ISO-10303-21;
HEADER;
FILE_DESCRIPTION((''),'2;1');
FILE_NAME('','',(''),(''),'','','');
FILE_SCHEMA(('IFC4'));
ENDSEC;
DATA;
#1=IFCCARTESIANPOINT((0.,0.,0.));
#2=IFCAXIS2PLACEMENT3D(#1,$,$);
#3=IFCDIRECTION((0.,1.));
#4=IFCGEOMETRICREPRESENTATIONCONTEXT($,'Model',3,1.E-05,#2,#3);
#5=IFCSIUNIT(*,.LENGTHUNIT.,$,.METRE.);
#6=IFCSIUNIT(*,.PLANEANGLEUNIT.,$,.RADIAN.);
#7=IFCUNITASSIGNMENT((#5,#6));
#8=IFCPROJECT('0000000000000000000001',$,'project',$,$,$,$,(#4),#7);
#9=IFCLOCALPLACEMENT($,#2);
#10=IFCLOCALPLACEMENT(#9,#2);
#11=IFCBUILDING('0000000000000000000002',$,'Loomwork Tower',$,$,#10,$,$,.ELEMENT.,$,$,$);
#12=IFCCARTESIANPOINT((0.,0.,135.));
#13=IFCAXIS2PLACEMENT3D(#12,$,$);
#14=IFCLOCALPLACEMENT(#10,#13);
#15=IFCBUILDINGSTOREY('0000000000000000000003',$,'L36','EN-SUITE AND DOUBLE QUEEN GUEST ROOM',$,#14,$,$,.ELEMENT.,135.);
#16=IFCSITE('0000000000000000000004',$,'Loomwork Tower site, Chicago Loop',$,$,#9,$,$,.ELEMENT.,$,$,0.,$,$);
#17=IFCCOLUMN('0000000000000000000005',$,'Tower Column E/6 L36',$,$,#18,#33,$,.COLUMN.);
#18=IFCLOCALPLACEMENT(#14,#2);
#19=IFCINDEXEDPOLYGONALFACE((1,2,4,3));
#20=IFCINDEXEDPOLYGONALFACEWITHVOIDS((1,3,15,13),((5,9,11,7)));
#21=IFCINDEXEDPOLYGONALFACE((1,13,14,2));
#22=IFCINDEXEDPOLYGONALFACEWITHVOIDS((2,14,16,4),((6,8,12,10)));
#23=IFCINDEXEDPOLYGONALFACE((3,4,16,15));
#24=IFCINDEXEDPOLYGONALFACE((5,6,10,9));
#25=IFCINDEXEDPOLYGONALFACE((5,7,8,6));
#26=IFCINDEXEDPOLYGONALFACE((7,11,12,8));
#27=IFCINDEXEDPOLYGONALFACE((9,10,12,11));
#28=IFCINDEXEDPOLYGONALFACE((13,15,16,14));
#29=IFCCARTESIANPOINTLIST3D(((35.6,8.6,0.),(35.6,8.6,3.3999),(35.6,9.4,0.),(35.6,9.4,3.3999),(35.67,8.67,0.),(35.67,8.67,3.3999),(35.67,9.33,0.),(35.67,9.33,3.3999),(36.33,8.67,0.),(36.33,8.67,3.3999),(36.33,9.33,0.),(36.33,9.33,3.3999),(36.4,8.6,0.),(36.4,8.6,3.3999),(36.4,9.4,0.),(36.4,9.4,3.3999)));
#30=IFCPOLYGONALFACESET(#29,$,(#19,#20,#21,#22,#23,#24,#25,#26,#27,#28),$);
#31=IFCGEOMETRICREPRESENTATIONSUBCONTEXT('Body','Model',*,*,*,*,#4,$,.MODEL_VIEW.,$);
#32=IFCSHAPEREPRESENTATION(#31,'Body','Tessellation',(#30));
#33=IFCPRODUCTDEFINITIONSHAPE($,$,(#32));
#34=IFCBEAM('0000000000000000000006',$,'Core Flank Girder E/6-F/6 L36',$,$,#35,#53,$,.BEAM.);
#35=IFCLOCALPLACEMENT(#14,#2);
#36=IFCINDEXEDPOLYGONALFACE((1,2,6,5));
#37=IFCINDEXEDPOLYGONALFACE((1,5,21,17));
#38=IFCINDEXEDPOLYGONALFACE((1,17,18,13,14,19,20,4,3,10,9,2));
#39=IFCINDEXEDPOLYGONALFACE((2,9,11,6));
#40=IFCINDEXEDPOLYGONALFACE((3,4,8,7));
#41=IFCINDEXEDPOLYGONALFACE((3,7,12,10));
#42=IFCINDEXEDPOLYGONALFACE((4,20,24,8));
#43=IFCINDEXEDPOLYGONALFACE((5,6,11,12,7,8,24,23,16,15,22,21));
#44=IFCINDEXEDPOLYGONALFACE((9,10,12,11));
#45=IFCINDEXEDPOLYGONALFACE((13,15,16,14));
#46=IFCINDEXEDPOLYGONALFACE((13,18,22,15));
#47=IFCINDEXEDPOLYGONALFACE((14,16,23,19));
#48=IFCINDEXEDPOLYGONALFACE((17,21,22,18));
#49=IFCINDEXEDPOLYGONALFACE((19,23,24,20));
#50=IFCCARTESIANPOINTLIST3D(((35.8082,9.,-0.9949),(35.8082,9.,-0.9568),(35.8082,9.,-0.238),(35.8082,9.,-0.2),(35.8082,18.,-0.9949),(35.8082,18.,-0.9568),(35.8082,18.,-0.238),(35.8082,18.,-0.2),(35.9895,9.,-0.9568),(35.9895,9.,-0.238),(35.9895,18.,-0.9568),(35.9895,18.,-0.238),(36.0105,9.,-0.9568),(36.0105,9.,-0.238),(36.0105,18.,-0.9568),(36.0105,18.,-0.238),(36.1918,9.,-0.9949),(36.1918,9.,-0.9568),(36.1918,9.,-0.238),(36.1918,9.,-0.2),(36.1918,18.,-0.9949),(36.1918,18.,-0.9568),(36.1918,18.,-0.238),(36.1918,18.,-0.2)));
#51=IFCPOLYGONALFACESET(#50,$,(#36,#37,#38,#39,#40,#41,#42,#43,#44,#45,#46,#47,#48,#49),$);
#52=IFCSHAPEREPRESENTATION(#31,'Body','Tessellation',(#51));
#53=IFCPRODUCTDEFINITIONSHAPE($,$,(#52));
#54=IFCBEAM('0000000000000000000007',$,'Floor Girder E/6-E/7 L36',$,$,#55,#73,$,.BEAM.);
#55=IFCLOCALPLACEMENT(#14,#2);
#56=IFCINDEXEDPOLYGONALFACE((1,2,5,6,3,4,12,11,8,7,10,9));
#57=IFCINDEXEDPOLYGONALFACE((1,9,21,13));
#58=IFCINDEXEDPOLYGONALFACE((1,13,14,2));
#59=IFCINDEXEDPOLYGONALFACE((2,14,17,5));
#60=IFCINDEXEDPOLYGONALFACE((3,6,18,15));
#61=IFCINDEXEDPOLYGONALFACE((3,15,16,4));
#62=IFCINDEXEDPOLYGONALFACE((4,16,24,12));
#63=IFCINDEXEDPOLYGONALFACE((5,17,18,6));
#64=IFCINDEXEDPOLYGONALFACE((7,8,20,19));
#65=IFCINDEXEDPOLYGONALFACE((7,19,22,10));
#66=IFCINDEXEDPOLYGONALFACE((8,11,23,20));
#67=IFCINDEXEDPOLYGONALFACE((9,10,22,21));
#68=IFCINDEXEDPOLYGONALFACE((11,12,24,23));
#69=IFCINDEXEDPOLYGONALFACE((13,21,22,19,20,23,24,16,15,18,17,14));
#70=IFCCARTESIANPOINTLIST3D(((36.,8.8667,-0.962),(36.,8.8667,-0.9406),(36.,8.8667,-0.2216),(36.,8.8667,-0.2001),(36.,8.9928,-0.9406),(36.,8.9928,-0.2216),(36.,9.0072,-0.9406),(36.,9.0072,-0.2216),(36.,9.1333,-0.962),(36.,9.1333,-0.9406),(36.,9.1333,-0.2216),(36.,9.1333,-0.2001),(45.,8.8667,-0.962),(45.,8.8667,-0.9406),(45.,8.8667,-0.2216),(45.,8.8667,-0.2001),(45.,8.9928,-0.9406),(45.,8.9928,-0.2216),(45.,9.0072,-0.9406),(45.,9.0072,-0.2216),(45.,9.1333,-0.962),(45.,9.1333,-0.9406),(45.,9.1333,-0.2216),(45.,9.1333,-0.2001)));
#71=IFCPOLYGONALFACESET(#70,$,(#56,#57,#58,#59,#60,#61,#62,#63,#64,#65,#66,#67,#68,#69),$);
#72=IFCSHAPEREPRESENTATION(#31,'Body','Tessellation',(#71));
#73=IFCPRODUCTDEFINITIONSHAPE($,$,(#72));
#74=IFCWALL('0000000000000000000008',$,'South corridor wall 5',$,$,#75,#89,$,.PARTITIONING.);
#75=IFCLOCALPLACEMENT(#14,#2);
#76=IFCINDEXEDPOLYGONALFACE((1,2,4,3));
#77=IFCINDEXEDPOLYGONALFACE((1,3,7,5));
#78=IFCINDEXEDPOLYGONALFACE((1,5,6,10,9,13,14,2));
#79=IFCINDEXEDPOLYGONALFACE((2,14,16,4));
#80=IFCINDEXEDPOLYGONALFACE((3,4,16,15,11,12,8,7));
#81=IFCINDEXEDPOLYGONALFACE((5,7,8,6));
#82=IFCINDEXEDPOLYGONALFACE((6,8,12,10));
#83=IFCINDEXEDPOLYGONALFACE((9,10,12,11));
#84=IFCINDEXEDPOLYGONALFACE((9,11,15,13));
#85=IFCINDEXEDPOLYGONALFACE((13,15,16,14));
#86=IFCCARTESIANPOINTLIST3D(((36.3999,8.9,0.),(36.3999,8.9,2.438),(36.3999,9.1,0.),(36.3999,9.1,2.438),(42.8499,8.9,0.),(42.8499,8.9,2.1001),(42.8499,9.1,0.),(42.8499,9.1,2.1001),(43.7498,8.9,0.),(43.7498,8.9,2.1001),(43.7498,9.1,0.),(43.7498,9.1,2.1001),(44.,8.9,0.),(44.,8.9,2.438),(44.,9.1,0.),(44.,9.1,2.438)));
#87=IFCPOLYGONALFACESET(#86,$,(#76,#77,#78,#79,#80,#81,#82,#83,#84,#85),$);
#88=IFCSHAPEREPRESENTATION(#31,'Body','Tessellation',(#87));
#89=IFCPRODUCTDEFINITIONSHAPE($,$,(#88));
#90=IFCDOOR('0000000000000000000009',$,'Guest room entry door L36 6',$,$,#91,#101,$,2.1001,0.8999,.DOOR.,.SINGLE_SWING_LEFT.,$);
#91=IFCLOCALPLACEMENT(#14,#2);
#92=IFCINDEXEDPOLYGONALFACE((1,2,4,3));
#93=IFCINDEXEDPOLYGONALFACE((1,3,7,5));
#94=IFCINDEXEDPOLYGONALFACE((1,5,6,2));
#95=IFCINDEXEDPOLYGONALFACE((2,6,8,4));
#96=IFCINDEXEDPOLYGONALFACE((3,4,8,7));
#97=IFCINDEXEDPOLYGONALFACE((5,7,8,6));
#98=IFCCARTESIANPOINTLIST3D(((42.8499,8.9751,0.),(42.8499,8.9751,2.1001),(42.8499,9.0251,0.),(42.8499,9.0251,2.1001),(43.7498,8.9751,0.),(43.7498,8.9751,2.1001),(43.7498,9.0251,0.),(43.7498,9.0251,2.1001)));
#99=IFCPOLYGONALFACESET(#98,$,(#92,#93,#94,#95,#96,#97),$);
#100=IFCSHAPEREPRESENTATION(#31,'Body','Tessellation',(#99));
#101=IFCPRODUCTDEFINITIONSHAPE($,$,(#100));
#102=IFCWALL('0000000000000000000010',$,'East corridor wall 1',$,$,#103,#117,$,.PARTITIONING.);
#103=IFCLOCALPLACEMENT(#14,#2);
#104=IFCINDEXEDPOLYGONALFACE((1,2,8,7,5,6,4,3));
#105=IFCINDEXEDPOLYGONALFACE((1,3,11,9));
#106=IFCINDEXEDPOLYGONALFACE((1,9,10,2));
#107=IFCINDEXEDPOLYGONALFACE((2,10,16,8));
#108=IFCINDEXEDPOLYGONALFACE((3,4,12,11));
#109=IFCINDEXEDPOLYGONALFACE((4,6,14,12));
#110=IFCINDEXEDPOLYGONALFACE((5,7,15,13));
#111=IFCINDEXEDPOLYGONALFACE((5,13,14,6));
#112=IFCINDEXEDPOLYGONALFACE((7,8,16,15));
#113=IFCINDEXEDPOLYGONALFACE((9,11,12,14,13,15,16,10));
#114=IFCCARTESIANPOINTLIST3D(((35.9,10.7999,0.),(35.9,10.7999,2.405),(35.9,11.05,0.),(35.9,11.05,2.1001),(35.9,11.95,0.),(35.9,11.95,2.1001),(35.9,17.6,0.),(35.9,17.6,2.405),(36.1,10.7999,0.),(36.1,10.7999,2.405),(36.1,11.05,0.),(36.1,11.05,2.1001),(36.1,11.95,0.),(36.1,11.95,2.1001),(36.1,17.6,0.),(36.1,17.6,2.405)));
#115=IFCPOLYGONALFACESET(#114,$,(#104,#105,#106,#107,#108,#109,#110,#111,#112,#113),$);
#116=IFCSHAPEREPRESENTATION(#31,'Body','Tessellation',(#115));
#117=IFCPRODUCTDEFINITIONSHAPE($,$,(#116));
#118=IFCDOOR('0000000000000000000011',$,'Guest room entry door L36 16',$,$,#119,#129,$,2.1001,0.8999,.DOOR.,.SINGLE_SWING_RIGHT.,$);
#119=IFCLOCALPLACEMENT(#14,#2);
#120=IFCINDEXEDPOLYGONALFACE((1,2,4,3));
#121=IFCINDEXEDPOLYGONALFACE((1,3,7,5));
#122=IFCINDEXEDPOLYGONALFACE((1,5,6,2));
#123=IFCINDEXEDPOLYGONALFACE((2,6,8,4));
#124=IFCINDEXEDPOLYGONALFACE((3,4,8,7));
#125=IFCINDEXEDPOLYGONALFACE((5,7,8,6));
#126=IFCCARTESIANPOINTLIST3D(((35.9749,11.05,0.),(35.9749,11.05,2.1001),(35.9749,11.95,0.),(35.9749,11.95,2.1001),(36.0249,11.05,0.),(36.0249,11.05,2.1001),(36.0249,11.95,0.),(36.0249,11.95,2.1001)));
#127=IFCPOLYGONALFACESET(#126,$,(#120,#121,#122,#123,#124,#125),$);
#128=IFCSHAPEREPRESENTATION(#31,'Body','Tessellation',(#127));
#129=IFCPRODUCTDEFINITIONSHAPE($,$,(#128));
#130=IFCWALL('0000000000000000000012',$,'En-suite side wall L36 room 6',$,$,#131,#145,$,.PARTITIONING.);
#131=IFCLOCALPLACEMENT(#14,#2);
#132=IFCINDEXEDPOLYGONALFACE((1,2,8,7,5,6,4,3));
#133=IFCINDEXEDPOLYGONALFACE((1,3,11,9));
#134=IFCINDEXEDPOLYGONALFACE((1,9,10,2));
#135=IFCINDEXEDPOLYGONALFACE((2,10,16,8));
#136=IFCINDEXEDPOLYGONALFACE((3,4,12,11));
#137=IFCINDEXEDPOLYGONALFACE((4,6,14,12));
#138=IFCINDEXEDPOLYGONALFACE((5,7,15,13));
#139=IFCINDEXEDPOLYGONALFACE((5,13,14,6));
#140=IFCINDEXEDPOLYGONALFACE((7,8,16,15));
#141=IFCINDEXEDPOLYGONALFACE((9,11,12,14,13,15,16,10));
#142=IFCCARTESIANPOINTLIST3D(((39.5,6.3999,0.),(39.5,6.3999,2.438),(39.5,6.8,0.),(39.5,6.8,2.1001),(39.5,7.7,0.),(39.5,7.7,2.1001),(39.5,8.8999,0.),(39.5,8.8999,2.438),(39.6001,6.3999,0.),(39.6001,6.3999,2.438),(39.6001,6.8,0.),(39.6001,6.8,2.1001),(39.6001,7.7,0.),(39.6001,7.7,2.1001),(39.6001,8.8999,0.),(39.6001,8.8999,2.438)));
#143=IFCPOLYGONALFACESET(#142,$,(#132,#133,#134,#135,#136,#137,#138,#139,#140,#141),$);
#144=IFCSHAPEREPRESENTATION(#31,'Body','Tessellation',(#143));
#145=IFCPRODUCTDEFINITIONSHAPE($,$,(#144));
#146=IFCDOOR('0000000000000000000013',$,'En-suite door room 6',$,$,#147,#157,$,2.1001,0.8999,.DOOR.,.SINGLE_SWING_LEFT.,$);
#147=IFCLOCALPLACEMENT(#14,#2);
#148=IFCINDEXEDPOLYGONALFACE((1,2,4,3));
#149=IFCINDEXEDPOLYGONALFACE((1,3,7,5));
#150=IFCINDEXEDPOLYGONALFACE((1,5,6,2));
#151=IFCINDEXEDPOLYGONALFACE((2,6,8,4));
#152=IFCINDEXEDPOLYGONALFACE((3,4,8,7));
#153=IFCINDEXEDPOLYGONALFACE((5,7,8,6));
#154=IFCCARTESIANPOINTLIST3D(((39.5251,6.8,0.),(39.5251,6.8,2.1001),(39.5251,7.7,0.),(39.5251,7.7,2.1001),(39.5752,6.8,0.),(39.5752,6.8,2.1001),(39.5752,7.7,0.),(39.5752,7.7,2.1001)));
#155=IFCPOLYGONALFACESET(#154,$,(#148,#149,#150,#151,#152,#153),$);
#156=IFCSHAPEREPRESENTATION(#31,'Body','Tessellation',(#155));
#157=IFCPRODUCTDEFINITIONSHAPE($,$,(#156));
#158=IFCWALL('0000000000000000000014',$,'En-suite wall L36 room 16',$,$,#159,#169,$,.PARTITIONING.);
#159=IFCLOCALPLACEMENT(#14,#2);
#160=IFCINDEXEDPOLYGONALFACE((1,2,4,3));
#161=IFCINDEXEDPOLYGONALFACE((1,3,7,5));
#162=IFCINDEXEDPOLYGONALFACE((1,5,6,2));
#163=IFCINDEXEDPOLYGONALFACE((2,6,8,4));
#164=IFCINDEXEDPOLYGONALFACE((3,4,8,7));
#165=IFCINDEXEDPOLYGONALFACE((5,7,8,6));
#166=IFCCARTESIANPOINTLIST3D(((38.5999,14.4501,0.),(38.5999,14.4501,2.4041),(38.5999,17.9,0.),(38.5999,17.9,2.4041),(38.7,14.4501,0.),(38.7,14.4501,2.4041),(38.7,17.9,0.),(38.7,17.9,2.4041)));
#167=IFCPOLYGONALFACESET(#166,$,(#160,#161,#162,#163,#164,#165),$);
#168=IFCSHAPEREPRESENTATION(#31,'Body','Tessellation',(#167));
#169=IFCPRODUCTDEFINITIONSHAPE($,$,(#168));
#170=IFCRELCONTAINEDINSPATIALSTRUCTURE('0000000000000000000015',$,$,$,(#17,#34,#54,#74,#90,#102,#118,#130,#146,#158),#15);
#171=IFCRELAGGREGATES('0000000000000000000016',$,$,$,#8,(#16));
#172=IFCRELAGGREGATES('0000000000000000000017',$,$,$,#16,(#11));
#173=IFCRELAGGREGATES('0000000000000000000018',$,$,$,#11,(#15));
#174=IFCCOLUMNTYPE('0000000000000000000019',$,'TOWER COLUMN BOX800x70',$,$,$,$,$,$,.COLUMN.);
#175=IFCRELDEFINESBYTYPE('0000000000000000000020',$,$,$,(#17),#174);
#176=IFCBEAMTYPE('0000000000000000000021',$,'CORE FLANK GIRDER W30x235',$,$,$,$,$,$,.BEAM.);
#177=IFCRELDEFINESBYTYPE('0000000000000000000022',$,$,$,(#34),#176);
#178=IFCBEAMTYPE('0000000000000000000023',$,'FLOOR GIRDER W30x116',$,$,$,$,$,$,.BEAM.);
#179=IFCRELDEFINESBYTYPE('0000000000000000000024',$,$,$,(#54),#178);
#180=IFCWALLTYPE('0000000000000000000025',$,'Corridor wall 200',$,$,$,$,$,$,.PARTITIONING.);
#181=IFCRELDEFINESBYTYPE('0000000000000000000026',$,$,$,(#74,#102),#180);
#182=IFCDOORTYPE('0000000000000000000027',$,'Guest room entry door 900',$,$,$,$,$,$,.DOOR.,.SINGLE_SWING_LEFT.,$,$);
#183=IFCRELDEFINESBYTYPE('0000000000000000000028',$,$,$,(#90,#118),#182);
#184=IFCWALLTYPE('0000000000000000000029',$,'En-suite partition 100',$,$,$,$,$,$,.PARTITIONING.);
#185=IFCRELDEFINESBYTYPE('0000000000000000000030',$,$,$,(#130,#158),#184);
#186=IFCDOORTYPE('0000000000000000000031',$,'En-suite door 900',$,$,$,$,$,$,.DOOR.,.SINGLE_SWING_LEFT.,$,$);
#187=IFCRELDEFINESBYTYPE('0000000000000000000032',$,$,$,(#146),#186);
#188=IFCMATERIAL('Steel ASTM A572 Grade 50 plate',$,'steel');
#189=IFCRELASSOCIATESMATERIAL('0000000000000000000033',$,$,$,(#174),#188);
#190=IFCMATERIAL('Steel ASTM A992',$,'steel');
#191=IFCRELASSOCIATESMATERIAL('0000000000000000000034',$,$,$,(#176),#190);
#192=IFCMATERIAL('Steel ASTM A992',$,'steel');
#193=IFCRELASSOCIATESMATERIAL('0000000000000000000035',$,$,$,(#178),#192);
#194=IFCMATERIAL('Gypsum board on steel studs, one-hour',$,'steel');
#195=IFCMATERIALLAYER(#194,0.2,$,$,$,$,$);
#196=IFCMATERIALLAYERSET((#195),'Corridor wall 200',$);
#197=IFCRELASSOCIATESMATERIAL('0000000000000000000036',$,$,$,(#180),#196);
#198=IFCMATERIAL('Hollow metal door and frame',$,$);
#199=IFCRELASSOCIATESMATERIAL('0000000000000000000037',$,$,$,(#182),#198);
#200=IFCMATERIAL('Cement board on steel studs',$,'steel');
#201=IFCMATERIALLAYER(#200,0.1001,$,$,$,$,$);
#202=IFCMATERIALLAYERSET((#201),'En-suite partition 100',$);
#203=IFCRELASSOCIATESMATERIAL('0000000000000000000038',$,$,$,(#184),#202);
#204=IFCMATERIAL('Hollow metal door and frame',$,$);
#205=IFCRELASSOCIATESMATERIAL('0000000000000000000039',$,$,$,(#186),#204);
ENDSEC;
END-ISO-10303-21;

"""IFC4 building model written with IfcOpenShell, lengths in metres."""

from ifc_helpers import new_model, si_unit, direction, frame, frame_2d, origin, origin_2d, place, context, subcontext, project, spatial, rectangle, hollow_rectangle, i_section, extrude, material, layer, layer_set, material_profile, profile_set, type_object, element, fill, save


model = new_model("IFC4")

# Units and contexts
model_context = context("Model", 3, precision=1e-05, world=origin(), true_north=direction((0.0, 1.0)))
body_context = subcontext(model_context, "Body", "Model", "MODEL_VIEW")
ifc_project = project(units=[si_unit("LENGTHUNIT", "METRE"), si_unit("PLANEANGLEUNIT", "RADIAN")], contexts=[model_context])

# Site, building, storey
site_placement = place(None, origin())
site = spatial("IfcSite", under=ifc_project, at=site_placement, Name="Loomwork Tower site, Chicago Loop", CompositionType="ELEMENT", RefElevation=0.0)
building_placement = place(site_placement, origin())
building = spatial("IfcBuilding", under=site, at=building_placement, Name="Loomwork Tower", CompositionType="ELEMENT")
storey_placement = place(building_placement, frame((0.0, 0.0, 135.0)))
storey = spatial("IfcBuildingStorey", under=building, at=storey_placement, Name="L36", Description="EN-SUITE AND DOUBLE QUEEN GUEST ROOM", CompositionType="ELEMENT", Elevation=135.0)

# Column
ifc_material_1 = material(Name="Steel ASTM A572 Grade 50 plate", Category="steel")
ifc_material_profile_1 = material_profile(ifc_material_1, hollow_rectangle(XDim=0.8, YDim=0.8, WallThickness=0.0701, at=origin_2d()), Name="BOX800x70")
ifc_profile_set_1 = profile_set([ifc_material_profile_1], Name="Steel ASTM A572 Grade 50 plate")
column_type = type_object("IfcColumnType", Name="TOWER COLUMN BOX800x70", PredefinedType="COLUMN", material=ifc_profile_set_1)
column_placement = place(storey_placement, frame((36.0, 9.0, 0.0), z_axis=(0.0, 0.0, 1.0), x_axis=(0.0, 1.0, 0.0)))
element("IfcColumn", 1, at=column_placement, inside=storey, type_object=column_type, Name="Tower Column E/6 L36", PredefinedType="COLUMN", context=body_context, shape_type="SweptSolid", body=[
    extrude(hollow_rectangle(XDim=0.8, YDim=0.8, WallThickness=0.0701, at=origin_2d()), origin(), (0.0, 0.0, 1.0), 3.3999),
])

# Beams
ifc_material_2 = material(Name="Steel ASTM A992", Category="steel")
ifc_material_profile_2 = material_profile(ifc_material_2, i_section(OverallWidth=0.3835, OverallDepth=0.7949, WebThickness=0.021, FlangeThickness=0.0381, at=origin_2d()), Name="W30x235")
ifc_profile_set_2 = profile_set([ifc_material_profile_2], Name="Steel ASTM A992")
beam_type_1 = type_object("IfcBeamType", Name="CORE FLANK GIRDER W30x235", PredefinedType="BEAM", material=ifc_profile_set_2)
beam_1_placement = place(storey_placement, frame((36.0, 9.0, -0.5974), z_axis=(0.0, 1.0, 0.0), x_axis=(-1.0, 0.0, 0.0)))
element("IfcBeam", 2, at=beam_1_placement, inside=storey, type_object=beam_type_1, Name="Core Flank Girder E/6-F/6 L36", PredefinedType="BEAM", context=body_context, shape_type="SweptSolid", body=[
    extrude(i_section(OverallWidth=0.3835, OverallDepth=0.7949, WebThickness=0.021, FlangeThickness=0.0381, at=origin_2d()), origin(), (0.0, 0.0, 1.0), 9.0),
])
ifc_material_3 = material(Name="Steel ASTM A992", Category="steel")
ifc_material_profile_3 = material_profile(ifc_material_3, i_section(OverallWidth=0.2666, OverallDepth=0.762, WebThickness=0.0144, FlangeThickness=0.0215, at=origin_2d()), Name="W30x116")
ifc_profile_set_3 = profile_set([ifc_material_profile_3], Name="Steel ASTM A992")
beam_type_2 = type_object("IfcBeamType", Name="FLOOR GIRDER W30x116", PredefinedType="BEAM", material=ifc_profile_set_3)
beam_2_placement = place(storey_placement, frame((36.0, 9.0, -0.5811), z_axis=(1.0, 0.0, 0.0), x_axis=(0.0, 1.0, 0.0)))
element("IfcBeam", 3, at=beam_2_placement, inside=storey, type_object=beam_type_2, Name="Floor Girder E/6-E/7 L36", PredefinedType="BEAM", context=body_context, shape_type="SweptSolid", body=[
    extrude(i_section(OverallWidth=0.2666, OverallDepth=0.762, WebThickness=0.0144, FlangeThickness=0.0215, at=origin_2d()), origin(), (0.0, 0.0, 1.0), 9.0),
])

# Walls, openings, doors
ifc_material_4 = material(Name="Gypsum board on steel studs, one-hour", Category="steel")
ifc_layer_1 = layer(ifc_material_4, 0.2)
ifc_layer_set_1 = layer_set([ifc_layer_1], Name="Corridor wall 200")
wall_type_1 = type_object("IfcWallType", Name="Corridor wall 200", PredefinedType="PARTITIONING", material=ifc_layer_set_1)
wall_1_placement = place(storey_placement, frame((36.3999, 9.0, 0.0), z_axis=(0.0, 0.0, 1.0), x_axis=(1.0, 0.0, 0.0)))
wall_1 = element("IfcWall", 4, at=wall_1_placement, inside=storey, type_object=wall_type_1, Name="South corridor wall 5", PredefinedType="PARTITIONING", context=body_context, shape_type="SweptSolid", body=[
    extrude(rectangle(XDim=7.6001, YDim=0.2, at=frame_2d((3.8, 0.0))), origin(), (0.0, 0.0, 1.0), 2.438),
])
opening_1_placement = place(wall_1_placement, frame((6.45, 0.0, 0.0)))
opening_1 = element("IfcOpeningElement", 5, at=opening_1_placement, cuts=wall_1, PredefinedType="OPENING", context=body_context, shape_type="SweptSolid", body=[
    extrude(rectangle(XDim=0.8999, YDim=2.1001, at=frame_2d((0.45, 1.05))), frame((0.0, 0.1099, 0.0), z_axis=(0.0, -1.0, 0.0), x_axis=(1.0, 0.0, 0.0)), (0.0, 0.0, 1.0), 0.22),
])
ifc_material_5 = material(Name="Hollow metal door and frame")
door_type_1 = type_object("IfcDoorType", Name="Guest room entry door 900", OperationType="SINGLE_SWING_LEFT", PredefinedType="DOOR", material=ifc_material_5)
door_1_placement = place(opening_1_placement, frame((0.8999, 0.0, 0.0), z_axis=(0.0, 0.0, 1.0), x_axis=(-1.0, 0.0, 0.0)))
door_1 = element("IfcDoor", 6, at=door_1_placement, inside=storey, type_object=door_type_1, Name="Guest room entry door L36 6", OperationType="SINGLE_SWING_LEFT", OverallHeight=2.1001, OverallWidth=0.8999, PredefinedType="DOOR", context=body_context, shape_type="SweptSolid", body=[
    extrude(rectangle(XDim=0.8999, YDim=2.1001, at=frame_2d((0.45, 1.05))), frame((0.0, 0.0249, 0.0), z_axis=(0.0, -1.0, 0.0), x_axis=(1.0, 0.0, 0.0)), (0.0, 0.0, 1.0), 0.05),
])
fill(opening_1, door_1)
wall_2_placement = place(storey_placement, frame((36.0, 10.8, 0.0), z_axis=(0.0, 0.0, 1.0), x_axis=(0.0, 1.0, 0.0)))
wall_2 = element("IfcWall", 7, at=wall_2_placement, inside=storey, type_object=wall_type_1, Name="East corridor wall 1", PredefinedType="PARTITIONING", context=body_context, shape_type="SweptSolid", body=[
    extrude(rectangle(XDim=6.8, YDim=0.2, at=frame_2d((3.3999, 0.0))), origin(), (0.0, 0.0, 1.0), 2.405),
])
opening_2_placement = place(wall_2_placement, frame((0.25, 0.0, 0.0)))
opening_2 = element("IfcOpeningElement", 8, at=opening_2_placement, cuts=wall_2, PredefinedType="OPENING", context=body_context, shape_type="SweptSolid", body=[
    extrude(rectangle(XDim=0.8999, YDim=2.1001, at=frame_2d((0.45, 1.05))), frame((0.0, 0.1099, 0.0), z_axis=(0.0, -1.0, 0.0), x_axis=(1.0, 0.0, 0.0)), (0.0, 0.0, 1.0), 0.22),
])
door_2_placement = place(opening_2_placement, frame((0.8999, 0.0, 0.0), z_axis=(0.0, 0.0, 1.0), x_axis=(-1.0, 0.0, 0.0)))
door_2 = element("IfcDoor", 9, at=door_2_placement, inside=storey, type_object=door_type_1, Name="Guest room entry door L36 16", OperationType="SINGLE_SWING_RIGHT", OverallHeight=2.1001, OverallWidth=0.8999, PredefinedType="DOOR", context=body_context, shape_type="SweptSolid", body=[
    extrude(rectangle(XDim=0.8999, YDim=2.1001, at=frame_2d((0.45, 1.05))), frame((0.0, 0.0249, 0.0), z_axis=(0.0, -1.0, 0.0), x_axis=(1.0, 0.0, 0.0)), (0.0, 0.0, 1.0), 0.05),
])
fill(opening_2, door_2)
ifc_material_6 = material(Name="Cement board on steel studs", Category="steel")
ifc_layer_2 = layer(ifc_material_6, 0.1001)
ifc_layer_set_2 = layer_set([ifc_layer_2], Name="En-suite partition 100")
wall_type_2 = type_object("IfcWallType", Name="En-suite partition 100", PredefinedType="PARTITIONING", material=ifc_layer_set_2)
wall_3_placement = place(storey_placement, frame((39.55, 8.8999, 0.0), z_axis=(0.0, 0.0, 1.0), x_axis=(0.0, -1.0, 0.0)))
wall_3 = element("IfcWall", 10, at=wall_3_placement, inside=storey, type_object=wall_type_2, Name="En-suite side wall L36 room 6", PredefinedType="PARTITIONING", context=body_context, shape_type="SweptSolid", body=[
    extrude(rectangle(XDim=2.5, YDim=0.1001, at=frame_2d((1.25, 0.0))), origin(), (0.0, 0.0, 1.0), 2.438),
])
opening_3_placement = place(wall_3_placement, frame((1.2, 0.0, 0.0)))
opening_3 = element("IfcOpeningElement", 11, at=opening_3_placement, cuts=wall_3, PredefinedType="OPENING", context=body_context, shape_type="SweptSolid", body=[
    extrude(rectangle(XDim=0.8999, YDim=2.1001, at=frame_2d((0.45, 1.05))), frame((0.0, 0.0601, 0.0), z_axis=(0.0, -1.0, 0.0), x_axis=(1.0, 0.0, 0.0)), (0.0, 0.0, 1.0), 0.1201),
])
ifc_material_7 = material(Name="Hollow metal door and frame")
door_type_2 = type_object("IfcDoorType", Name="En-suite door 900", OperationType="SINGLE_SWING_LEFT", PredefinedType="DOOR", material=ifc_material_7)
door_3_placement = place(opening_3_placement, frame((0.8999, 0.0, 0.0), z_axis=(0.0, 0.0, 1.0), x_axis=(-1.0, 0.0, 0.0)))
door_3 = element("IfcDoor", 12, at=door_3_placement, inside=storey, type_object=door_type_2, Name="En-suite door room 6", OperationType="SINGLE_SWING_LEFT", OverallHeight=2.1001, OverallWidth=0.8999, PredefinedType="DOOR", context=body_context, shape_type="SweptSolid", body=[
    extrude(rectangle(XDim=0.8999, YDim=2.1001, at=frame_2d((0.45, 1.05))), frame((0.0, 0.0249, 0.0), z_axis=(0.0, -1.0, 0.0), x_axis=(1.0, 0.0, 0.0)), (0.0, 0.0, 1.0), 0.05),
])
fill(opening_3, door_3)

# Wall
wall_4_placement = place(storey_placement, frame((38.6499, 14.45, 0.0), z_axis=(0.0, 0.0, 1.0), x_axis=(0.0, 1.0, 0.0)))
element("IfcWall", 13, at=wall_4_placement, inside=storey, type_object=wall_type_2, Name="En-suite wall L36 room 16", PredefinedType="PARTITIONING", context=body_context, shape_type="SweptSolid", body=[
    extrude(rectangle(XDim=3.45, YDim=0.1001, at=frame_2d((1.7251, 0.0))), origin(), (0.0, 0.0, 1.0), 2.4041),
])

save(model, "model.ifc")
